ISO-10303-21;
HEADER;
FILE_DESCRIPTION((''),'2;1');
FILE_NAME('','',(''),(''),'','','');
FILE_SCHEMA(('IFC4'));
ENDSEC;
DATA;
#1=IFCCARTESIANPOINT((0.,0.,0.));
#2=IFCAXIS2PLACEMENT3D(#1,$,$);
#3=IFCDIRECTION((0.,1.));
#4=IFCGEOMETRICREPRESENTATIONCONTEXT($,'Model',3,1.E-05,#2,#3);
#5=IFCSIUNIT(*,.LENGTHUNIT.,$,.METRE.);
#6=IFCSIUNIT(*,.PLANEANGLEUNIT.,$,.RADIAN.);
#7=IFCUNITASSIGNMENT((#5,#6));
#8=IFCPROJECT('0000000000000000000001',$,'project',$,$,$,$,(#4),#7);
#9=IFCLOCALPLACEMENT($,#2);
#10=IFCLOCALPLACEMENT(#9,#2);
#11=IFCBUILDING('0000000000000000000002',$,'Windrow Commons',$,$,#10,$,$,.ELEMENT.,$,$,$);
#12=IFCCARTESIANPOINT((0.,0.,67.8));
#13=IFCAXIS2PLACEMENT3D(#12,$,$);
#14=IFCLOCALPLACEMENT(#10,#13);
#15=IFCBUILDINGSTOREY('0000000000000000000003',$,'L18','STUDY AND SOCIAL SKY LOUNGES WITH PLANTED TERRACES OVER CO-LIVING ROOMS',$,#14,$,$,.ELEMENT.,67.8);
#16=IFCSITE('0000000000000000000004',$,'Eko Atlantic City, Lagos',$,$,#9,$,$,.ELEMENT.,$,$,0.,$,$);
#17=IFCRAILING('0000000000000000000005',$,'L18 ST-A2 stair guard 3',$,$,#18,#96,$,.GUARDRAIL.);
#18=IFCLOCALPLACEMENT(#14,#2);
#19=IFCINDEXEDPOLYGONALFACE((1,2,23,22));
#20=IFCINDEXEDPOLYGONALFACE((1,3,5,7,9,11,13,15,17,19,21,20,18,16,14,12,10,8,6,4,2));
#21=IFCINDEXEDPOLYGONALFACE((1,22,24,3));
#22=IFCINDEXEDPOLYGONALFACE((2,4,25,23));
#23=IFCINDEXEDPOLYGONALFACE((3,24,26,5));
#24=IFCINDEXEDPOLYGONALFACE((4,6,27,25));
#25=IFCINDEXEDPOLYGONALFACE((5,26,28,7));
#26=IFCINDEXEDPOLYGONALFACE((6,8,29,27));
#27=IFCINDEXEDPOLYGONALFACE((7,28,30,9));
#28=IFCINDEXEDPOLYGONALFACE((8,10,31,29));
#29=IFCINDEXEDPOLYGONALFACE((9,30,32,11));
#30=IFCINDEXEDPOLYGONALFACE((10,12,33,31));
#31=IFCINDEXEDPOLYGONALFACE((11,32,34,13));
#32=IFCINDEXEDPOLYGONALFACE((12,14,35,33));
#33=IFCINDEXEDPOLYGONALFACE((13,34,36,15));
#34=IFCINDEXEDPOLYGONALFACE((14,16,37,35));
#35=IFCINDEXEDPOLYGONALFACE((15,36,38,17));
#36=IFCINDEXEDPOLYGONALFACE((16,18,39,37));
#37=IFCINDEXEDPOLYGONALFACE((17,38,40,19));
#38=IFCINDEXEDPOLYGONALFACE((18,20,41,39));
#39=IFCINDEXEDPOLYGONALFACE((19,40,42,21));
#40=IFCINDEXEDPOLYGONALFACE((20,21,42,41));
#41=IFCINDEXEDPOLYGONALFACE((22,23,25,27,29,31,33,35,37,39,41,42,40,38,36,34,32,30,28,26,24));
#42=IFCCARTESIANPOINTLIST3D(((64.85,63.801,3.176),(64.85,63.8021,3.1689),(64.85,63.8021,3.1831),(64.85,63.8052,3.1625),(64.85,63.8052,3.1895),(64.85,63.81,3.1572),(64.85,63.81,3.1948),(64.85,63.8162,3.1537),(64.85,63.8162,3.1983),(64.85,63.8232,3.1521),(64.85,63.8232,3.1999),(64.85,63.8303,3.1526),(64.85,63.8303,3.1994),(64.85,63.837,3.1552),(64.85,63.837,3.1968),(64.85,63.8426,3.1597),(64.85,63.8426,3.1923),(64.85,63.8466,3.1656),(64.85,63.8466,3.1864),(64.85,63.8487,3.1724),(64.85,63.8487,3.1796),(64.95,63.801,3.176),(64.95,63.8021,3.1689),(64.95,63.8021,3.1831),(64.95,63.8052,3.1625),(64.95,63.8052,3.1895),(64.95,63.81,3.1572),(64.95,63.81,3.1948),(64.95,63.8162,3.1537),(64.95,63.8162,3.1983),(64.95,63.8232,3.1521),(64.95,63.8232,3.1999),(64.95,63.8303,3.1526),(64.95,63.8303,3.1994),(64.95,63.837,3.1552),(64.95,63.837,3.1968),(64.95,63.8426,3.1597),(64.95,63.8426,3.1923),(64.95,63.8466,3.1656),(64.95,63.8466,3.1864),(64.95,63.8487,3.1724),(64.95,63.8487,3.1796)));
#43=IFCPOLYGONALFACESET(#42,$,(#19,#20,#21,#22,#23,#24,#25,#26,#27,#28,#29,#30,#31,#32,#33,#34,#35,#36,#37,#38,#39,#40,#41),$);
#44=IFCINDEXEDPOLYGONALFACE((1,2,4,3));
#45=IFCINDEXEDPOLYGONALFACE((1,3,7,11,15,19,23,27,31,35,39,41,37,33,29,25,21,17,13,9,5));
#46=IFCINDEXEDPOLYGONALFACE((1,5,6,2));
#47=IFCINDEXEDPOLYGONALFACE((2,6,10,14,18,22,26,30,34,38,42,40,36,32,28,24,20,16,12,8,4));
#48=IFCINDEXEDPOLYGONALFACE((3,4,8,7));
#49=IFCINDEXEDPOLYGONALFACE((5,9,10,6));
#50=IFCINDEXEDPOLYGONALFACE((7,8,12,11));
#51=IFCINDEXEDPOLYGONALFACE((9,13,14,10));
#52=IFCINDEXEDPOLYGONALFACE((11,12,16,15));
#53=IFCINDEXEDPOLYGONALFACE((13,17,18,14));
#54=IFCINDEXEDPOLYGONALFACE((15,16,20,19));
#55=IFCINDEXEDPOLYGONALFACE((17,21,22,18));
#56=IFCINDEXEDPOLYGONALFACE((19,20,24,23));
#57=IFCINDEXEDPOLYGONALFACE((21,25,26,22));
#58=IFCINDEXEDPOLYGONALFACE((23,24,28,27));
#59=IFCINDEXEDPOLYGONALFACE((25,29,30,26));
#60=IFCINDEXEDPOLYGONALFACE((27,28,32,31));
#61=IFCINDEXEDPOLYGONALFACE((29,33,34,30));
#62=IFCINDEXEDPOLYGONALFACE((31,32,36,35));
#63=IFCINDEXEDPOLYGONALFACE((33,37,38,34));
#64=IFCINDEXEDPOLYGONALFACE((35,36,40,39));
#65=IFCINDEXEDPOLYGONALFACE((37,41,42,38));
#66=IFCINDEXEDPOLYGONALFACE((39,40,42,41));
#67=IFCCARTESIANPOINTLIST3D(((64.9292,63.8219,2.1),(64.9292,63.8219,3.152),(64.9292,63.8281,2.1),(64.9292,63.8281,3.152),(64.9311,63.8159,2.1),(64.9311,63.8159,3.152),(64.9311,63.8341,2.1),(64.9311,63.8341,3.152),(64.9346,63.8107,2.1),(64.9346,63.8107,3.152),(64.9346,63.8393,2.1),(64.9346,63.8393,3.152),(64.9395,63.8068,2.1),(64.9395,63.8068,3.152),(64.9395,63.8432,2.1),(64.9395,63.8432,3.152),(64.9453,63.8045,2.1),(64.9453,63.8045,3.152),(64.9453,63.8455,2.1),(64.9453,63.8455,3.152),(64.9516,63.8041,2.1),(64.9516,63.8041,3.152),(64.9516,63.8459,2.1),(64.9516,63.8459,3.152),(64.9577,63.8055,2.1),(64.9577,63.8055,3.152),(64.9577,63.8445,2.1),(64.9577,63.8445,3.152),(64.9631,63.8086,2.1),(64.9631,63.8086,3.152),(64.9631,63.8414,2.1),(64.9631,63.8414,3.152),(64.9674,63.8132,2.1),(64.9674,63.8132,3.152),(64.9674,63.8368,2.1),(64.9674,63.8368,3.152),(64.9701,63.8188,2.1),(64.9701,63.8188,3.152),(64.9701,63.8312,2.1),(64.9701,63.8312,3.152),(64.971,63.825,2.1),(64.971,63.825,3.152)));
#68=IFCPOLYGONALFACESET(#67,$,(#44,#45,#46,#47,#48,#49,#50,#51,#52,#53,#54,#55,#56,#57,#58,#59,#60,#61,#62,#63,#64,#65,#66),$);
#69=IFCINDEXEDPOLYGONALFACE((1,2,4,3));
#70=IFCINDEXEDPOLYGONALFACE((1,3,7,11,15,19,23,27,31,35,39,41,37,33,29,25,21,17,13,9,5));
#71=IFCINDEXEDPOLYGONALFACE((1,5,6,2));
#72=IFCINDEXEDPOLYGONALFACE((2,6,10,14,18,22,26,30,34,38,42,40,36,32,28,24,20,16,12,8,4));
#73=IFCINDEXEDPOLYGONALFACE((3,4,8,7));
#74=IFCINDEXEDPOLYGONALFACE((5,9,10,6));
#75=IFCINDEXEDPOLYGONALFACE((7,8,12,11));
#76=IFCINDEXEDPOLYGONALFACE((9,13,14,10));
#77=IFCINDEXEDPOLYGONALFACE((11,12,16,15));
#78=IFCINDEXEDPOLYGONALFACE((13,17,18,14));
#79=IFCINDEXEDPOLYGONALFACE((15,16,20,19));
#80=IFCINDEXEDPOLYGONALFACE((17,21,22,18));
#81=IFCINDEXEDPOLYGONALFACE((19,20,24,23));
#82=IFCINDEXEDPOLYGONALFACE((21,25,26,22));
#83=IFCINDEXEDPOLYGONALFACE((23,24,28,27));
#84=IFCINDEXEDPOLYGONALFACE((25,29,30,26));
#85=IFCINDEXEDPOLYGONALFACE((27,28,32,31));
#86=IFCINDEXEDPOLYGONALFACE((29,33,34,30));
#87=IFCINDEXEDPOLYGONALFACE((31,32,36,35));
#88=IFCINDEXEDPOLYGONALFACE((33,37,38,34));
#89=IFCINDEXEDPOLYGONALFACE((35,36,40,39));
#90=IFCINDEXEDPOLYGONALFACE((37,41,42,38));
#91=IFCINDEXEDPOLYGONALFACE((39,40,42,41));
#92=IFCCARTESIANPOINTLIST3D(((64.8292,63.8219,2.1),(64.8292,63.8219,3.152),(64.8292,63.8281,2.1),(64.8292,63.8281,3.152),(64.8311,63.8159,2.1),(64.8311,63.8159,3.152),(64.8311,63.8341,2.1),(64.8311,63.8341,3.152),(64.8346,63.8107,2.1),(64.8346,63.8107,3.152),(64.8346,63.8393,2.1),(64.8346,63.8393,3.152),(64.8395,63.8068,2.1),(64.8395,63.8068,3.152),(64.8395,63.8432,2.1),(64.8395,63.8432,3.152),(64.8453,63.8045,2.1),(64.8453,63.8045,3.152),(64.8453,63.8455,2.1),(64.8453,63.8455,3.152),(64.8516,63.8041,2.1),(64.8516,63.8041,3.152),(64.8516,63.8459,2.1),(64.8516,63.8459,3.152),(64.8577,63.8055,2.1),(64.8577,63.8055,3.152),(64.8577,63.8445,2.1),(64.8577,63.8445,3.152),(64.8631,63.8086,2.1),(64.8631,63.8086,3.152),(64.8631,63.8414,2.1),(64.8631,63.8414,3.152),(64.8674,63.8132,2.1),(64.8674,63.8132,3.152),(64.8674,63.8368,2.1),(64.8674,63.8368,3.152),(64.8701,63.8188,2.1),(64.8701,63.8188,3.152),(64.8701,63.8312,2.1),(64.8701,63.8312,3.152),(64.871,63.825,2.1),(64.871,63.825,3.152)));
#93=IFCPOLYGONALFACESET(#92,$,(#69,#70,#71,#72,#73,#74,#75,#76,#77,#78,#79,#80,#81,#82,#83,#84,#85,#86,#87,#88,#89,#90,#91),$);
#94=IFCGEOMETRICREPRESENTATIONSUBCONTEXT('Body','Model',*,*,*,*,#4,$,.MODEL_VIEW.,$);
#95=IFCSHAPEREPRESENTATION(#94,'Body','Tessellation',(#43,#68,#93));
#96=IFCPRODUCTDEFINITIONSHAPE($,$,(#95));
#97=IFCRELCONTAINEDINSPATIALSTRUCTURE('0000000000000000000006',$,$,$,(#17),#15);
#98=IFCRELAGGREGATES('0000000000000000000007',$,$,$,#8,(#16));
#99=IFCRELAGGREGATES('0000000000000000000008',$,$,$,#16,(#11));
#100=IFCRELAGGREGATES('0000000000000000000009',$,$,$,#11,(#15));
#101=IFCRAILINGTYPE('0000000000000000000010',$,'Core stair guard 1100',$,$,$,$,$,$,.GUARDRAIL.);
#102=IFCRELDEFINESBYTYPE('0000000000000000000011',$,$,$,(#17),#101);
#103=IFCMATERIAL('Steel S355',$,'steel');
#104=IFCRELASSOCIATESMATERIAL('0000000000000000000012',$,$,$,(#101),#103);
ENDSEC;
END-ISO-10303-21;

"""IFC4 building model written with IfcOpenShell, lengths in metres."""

from ifc_helpers import new_model, si_unit, direction, frame, origin, origin_2d, place, context, subcontext, project, spatial, circle, extrude, material, type_object, element, save


model = new_model("IFC4")

# Units and contexts
model_context = context("Model", 3, precision=1e-05, world=origin(), true_north=direction((0.0, 1.0)))
body_context = subcontext(model_context, "Body", "Model", "MODEL_VIEW")
ifc_project = project(units=[si_unit("LENGTHUNIT", "METRE"), si_unit("PLANEANGLEUNIT", "RADIAN")], contexts=[model_context])

# Site, building, storey
site_placement = place(None, origin())
site = spatial("IfcSite", under=ifc_project, at=site_placement, Name="Eko Atlantic City, Lagos", CompositionType="ELEMENT", RefElevation=0.0)
building_placement = place(site_placement, origin())
building = spatial("IfcBuilding", under=site, at=building_placement, Name="Windrow Commons", CompositionType="ELEMENT")
storey_placement = place(building_placement, frame((0.0, 0.0, 67.8)))
storey = spatial("IfcBuildingStorey", under=building, at=storey_placement, Name="L18", Description="STUDY AND SOCIAL SKY LOUNGES WITH PLANTED TERRACES OVER CO-LIVING ROOMS", CompositionType="ELEMENT", Elevation=67.8)

# Railing
ifc_material_1 = material(Name="Steel S355", Category="steel")
railing_type_1 = type_object("IfcRailingType", Name="Core stair guard 1100", PredefinedType="GUARDRAIL", material=ifc_material_1)
railing_1_placement = place(storey_placement, frame((64.95, 63.825, 2.1)))
element("IfcRailing", 1, at=railing_1_placement, inside=storey, type_object=railing_type_1, Name="L18 ST-A2 stair guard 3", PredefinedType="GUARDRAIL", context=body_context, shape_type="SweptSolid", body=[
    extrude(circle(Radius=0.024, at=origin_2d()), frame((0.0, 0.0, 1.076), z_axis=(-1.0, 0.0, 0.0), x_axis=(0.0, -1.0, 0.0)), (0.0, 0.0, 1.0), 0.1),
    extrude(circle(Radius=0.021, at=origin_2d()), origin(), (0.0, 0.0, 1.0), 1.052),
    extrude(circle(Radius=0.021, at=origin_2d()), frame((-0.1, 0.0, 0.0)), (0.0, 0.0, 1.0), 1.052),
])

save(model, "model.ifc")
